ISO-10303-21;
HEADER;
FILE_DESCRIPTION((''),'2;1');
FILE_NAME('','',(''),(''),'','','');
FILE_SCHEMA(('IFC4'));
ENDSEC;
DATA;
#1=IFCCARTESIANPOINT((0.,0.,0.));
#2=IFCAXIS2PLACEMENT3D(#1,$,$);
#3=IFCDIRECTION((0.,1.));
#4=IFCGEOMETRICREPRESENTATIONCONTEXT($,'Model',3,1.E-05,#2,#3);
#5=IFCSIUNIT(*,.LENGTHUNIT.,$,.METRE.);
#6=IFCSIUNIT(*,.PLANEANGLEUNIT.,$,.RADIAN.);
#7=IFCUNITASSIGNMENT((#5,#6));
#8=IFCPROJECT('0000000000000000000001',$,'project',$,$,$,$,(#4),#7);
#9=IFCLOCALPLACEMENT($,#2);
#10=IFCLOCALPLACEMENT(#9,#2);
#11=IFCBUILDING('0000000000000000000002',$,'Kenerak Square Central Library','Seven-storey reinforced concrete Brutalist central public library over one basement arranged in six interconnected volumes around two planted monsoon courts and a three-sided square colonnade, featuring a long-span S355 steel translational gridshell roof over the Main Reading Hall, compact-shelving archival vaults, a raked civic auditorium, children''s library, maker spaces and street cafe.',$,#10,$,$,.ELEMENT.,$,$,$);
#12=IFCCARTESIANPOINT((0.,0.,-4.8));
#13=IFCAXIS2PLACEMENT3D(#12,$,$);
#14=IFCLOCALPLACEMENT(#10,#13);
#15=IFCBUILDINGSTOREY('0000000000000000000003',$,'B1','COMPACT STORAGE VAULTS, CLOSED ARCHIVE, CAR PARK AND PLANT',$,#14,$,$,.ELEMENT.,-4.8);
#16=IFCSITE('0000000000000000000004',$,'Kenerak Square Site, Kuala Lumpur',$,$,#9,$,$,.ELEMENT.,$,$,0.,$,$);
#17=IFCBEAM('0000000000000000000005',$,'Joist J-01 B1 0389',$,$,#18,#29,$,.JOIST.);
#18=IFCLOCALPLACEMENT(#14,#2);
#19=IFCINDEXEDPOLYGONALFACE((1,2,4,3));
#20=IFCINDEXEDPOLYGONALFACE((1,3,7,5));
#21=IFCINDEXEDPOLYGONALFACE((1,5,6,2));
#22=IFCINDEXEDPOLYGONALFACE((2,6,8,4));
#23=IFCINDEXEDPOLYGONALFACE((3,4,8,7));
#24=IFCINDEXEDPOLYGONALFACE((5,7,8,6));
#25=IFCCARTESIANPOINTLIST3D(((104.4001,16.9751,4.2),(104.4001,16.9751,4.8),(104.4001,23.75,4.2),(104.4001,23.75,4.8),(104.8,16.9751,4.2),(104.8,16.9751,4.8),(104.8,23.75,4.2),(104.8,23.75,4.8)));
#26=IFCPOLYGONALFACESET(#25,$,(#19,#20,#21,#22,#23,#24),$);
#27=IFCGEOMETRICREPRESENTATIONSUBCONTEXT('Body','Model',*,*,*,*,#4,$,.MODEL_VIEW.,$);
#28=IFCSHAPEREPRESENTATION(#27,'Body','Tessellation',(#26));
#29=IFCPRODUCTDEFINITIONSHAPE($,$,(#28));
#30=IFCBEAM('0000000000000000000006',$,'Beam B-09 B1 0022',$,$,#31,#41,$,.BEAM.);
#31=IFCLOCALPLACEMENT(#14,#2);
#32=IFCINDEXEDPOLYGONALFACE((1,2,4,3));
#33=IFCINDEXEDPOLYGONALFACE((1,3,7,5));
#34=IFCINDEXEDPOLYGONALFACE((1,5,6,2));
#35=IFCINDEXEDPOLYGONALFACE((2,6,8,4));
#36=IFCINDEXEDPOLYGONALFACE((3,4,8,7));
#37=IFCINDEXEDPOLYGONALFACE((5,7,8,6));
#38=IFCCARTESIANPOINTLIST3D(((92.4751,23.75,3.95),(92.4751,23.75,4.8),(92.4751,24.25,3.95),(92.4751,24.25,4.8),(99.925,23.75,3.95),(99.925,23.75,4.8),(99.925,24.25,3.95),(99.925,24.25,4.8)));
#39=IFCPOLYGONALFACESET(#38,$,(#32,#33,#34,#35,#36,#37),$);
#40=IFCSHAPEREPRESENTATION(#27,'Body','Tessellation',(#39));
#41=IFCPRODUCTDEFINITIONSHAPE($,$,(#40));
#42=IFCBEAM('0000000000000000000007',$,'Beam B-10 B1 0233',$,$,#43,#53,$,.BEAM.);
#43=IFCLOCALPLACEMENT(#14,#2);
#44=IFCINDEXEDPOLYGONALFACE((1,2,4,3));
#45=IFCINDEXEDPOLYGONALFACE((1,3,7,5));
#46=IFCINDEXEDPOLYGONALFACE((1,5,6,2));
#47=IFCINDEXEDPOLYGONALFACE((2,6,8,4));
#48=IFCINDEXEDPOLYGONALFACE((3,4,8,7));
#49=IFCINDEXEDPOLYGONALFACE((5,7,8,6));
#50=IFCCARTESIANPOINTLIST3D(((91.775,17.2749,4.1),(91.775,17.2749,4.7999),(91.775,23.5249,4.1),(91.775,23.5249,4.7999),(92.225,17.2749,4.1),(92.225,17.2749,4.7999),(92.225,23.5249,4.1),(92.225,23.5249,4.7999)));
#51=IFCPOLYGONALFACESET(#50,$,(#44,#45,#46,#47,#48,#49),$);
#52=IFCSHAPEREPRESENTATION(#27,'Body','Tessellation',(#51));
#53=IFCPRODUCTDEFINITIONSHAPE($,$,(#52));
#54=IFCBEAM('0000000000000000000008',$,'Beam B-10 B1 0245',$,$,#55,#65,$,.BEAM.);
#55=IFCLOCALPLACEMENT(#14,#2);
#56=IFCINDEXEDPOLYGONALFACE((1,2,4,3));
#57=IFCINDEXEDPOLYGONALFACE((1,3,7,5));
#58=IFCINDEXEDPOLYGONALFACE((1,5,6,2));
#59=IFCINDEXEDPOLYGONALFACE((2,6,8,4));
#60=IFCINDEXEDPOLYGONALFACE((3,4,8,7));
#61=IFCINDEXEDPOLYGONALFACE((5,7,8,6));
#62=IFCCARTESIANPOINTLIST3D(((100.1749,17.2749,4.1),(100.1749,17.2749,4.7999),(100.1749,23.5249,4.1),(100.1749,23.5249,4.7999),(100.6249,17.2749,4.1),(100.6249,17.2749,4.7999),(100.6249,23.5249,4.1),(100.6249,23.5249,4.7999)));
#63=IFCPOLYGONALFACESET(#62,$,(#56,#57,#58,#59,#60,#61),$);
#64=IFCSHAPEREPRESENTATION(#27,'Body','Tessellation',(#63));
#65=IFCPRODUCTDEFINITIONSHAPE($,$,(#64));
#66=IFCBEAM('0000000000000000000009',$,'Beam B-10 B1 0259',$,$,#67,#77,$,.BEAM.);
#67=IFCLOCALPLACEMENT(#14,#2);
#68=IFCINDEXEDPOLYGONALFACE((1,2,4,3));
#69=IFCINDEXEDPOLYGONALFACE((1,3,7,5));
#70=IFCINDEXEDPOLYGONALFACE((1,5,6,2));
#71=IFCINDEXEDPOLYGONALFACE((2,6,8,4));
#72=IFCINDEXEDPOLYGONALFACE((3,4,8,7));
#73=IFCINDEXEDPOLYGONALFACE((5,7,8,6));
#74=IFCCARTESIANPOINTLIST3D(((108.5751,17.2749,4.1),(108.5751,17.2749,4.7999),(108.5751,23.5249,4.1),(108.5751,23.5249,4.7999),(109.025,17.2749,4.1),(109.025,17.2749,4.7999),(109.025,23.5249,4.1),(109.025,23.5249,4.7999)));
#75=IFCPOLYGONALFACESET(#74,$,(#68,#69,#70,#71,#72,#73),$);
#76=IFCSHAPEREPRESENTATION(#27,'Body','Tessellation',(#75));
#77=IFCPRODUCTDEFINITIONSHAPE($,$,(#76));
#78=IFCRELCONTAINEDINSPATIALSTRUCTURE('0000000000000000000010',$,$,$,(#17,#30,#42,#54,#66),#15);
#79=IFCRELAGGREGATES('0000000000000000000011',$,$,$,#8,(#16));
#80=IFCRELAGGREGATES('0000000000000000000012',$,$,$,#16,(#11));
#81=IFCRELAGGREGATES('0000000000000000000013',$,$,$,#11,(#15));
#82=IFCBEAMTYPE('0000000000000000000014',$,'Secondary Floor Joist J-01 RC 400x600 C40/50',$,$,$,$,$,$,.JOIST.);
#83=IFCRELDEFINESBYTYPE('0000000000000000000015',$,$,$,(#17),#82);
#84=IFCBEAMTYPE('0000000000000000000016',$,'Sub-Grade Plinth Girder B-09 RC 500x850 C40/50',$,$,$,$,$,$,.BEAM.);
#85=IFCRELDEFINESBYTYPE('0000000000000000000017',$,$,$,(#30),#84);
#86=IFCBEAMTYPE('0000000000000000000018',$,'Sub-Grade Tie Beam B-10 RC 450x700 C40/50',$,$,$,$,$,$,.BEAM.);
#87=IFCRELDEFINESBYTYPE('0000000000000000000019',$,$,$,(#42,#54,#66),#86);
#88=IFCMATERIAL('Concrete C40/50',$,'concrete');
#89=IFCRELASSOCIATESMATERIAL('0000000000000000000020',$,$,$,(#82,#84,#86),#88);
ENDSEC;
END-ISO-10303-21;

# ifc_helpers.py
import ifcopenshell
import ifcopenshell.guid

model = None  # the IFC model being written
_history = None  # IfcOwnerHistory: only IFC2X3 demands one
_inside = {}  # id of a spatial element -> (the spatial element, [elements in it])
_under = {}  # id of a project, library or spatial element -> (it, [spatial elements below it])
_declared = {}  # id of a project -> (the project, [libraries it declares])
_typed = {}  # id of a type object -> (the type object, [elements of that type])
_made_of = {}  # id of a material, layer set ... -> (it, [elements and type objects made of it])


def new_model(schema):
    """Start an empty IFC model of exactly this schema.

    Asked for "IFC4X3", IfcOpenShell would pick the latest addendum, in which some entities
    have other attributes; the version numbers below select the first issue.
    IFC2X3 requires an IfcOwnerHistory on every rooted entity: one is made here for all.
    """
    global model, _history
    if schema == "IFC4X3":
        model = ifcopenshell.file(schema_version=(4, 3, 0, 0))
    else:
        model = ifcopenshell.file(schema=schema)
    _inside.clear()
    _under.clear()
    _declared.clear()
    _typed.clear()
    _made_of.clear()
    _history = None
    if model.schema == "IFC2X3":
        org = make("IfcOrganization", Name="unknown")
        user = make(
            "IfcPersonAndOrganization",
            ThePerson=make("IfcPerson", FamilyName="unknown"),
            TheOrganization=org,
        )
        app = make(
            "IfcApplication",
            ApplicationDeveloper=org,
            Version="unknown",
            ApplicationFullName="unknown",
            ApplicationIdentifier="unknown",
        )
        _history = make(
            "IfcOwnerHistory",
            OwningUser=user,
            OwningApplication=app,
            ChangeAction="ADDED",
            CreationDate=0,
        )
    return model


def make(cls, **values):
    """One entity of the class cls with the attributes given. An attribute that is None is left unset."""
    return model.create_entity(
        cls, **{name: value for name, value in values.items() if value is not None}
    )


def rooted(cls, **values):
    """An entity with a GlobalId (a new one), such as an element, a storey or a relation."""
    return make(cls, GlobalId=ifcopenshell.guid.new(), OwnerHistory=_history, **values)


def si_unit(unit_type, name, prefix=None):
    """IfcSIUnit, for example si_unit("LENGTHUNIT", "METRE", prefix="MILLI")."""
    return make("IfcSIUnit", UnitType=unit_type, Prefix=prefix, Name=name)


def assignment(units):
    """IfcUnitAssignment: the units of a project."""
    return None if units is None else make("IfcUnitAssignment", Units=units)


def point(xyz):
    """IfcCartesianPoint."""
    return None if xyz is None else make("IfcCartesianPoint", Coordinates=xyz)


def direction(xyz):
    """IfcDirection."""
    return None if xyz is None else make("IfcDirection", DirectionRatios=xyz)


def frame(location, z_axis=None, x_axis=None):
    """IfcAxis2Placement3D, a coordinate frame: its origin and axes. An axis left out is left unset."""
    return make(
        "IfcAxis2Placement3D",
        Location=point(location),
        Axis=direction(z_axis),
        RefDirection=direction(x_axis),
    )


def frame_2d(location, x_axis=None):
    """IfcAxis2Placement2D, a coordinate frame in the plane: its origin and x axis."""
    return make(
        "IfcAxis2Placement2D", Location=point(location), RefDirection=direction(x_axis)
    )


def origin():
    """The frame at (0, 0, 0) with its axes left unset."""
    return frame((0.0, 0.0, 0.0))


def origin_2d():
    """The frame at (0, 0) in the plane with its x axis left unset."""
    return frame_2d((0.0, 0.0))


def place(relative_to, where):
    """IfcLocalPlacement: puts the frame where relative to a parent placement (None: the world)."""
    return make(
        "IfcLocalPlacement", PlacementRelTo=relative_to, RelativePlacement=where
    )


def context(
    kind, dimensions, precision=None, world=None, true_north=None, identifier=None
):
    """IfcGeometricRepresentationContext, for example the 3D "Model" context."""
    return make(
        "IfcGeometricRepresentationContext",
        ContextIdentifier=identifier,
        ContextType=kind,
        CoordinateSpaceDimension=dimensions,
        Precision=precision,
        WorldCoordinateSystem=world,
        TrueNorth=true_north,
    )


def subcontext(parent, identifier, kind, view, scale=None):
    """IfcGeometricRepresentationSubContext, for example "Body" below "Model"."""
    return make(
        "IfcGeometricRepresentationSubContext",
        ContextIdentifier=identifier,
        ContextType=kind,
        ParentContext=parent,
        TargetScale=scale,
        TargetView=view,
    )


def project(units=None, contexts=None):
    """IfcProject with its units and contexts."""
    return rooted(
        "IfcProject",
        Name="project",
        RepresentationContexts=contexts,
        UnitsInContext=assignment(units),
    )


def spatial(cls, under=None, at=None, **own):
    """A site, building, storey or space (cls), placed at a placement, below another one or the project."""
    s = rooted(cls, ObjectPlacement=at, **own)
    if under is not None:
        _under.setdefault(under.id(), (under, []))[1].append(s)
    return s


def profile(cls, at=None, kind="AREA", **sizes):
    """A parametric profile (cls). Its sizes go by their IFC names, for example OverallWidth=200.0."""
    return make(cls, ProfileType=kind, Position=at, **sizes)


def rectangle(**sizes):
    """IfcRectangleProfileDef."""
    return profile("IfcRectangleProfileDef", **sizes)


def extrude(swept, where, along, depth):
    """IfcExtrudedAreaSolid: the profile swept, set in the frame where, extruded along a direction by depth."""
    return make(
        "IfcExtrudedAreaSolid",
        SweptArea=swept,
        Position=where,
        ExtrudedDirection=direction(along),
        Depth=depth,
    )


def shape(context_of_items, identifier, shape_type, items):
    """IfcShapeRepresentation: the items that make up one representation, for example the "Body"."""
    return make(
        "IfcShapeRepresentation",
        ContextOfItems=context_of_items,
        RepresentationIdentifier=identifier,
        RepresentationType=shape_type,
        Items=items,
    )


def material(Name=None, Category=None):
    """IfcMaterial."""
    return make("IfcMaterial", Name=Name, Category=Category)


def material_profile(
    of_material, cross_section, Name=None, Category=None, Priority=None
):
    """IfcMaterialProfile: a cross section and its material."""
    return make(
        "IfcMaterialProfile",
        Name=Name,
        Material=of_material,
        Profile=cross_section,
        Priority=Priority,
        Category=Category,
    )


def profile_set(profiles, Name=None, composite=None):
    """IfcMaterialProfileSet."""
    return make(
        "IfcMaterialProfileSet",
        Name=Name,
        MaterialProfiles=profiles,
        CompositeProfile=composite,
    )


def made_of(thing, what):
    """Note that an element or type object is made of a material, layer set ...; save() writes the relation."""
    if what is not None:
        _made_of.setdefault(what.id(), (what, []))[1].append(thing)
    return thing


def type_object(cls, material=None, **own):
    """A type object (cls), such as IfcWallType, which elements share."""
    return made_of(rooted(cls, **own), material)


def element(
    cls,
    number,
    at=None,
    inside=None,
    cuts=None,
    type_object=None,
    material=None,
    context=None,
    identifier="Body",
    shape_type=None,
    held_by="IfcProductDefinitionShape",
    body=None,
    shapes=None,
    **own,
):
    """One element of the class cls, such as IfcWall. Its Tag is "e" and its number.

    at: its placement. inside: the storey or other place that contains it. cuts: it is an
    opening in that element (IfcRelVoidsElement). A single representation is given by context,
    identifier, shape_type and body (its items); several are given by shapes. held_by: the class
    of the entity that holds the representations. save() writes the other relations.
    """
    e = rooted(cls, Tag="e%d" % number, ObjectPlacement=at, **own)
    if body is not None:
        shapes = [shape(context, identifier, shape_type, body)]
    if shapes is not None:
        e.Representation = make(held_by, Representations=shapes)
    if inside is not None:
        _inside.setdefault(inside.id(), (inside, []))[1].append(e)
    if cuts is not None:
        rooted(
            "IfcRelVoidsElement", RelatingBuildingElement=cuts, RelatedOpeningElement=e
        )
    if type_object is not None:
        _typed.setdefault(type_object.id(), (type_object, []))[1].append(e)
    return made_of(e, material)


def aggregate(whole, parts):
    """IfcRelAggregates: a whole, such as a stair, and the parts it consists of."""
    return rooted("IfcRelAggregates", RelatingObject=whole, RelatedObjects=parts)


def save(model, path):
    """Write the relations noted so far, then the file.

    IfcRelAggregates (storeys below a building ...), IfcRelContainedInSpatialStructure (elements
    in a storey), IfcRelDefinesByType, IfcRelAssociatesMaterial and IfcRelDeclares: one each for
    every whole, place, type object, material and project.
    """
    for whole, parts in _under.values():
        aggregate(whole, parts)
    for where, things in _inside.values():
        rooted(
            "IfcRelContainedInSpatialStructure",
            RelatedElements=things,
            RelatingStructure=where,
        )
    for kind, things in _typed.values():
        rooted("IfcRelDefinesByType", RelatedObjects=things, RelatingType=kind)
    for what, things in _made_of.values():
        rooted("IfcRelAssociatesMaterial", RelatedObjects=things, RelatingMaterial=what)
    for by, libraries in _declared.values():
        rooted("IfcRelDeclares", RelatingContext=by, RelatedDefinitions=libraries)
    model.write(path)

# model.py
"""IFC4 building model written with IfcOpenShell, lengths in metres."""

from ifc_helpers import new_model, si_unit, direction, frame, origin, origin_2d, place, context, subcontext, project, spatial, rectangle, extrude, material, material_profile, profile_set, type_object, element, save


model = new_model("IFC4")

# Units and contexts
model_context = context("Model", 3, precision=1e-05, world=origin(), true_north=direction((0.0, 1.0)))
body_context = subcontext(model_context, "Body", "Model", "MODEL_VIEW")
ifc_project = project(units=[si_unit("LENGTHUNIT", "METRE"), si_unit("PLANEANGLEUNIT", "RADIAN")], contexts=[model_context])

# Site, building, storey
site_placement = place(None, origin())
site = spatial("IfcSite", under=ifc_project, at=site_placement, Name="Kenerak Square Site, Kuala Lumpur", CompositionType="ELEMENT", RefElevation=0.0)
building_placement = place(site_placement, origin())
building = spatial("IfcBuilding", under=site, at=building_placement, Name="Kenerak Square Central Library", Description="Seven-storey reinforced concrete Brutalist central public library over one basement arranged in six interconnected volumes around two planted monsoon courts and a three-sided square colonnade, featuring a long-span S355 steel translational gridshell roof over the Main Reading Hall, compact-shelving archival vaults, a raked civic auditorium, children's library, maker spaces and street cafe.", CompositionType="ELEMENT")
storey_placement = place(building_placement, frame((0.0, 0.0, -4.8)))
storey = spatial("IfcBuildingStorey", under=building, at=storey_placement, Name="B1", Description="COMPACT STORAGE VAULTS, CLOSED ARCHIVE, CAR PARK AND PLANT", CompositionType="ELEMENT", Elevation=-4.8)

# Shared definitions
ifc_material_1 = material(Name="Concrete C40/50", Category="concrete")

# Beams
ifc_material_profile_1 = material_profile(ifc_material_1, rectangle(XDim=0.3999, YDim=0.6001, at=origin_2d()), Name="RC 400x600")
ifc_profile_set_1 = profile_set([ifc_material_profile_1], Name="Concrete C40/50")
beam_type_1 = type_object("IfcBeamType", Name="Secondary Floor Joist J-01 RC 400x600 C40/50", PredefinedType="JOIST", material=ifc_profile_set_1)
for number, where, z_axis, x_axis, name in (
    (1, (104.6001, 16.9751, 4.5), (0.0, 1.0, 0.0), (-1.0, 0.0, 0.0), "Joist J-01 B1 0389"),
):
    element("IfcBeam", number, at=place(storey_placement, frame(where, z_axis=z_axis, x_axis=x_axis)), inside=storey, type_object=beam_type_1, Name=name, PredefinedType="JOIST", context=body_context, shape_type="SweptSolid", body=[
        extrude(rectangle(XDim=0.3999, YDim=0.6001, at=origin_2d()), origin(), (0.0, 0.0, 1.0), 6.7749),
    ])
ifc_material_profile_2 = material_profile(ifc_material_1, rectangle(XDim=0.5, YDim=0.8501, at=origin_2d()), Name="RC 500x850")
ifc_profile_set_2 = profile_set([ifc_material_profile_2], Name="Concrete C40/50")
beam_type_2 = type_object("IfcBeamType", Name="Sub-Grade Plinth Girder B-09 RC 500x850 C40/50", PredefinedType="BEAM", material=ifc_profile_set_2)
beam_1_placement = place(storey_placement, frame((92.4751, 24.0, 4.375), z_axis=(1.0, 0.0, 0.0), x_axis=(0.0, 1.0, 0.0)))
element("IfcBeam", 2, at=beam_1_placement, inside=storey, type_object=beam_type_2, Name="Beam B-09 B1 0022", PredefinedType="BEAM", context=body_context, shape_type="SweptSolid", body=[
    extrude(rectangle(XDim=0.5, YDim=0.8501, at=origin_2d()), origin(), (0.0, 0.0, 1.0), 7.45),
])
ifc_material_profile_3 = material_profile(ifc_material_1, rectangle(XDim=0.45, YDim=0.7, at=origin_2d()), Name="RC 450x700")
ifc_profile_set_3 = profile_set([ifc_material_profile_3], Name="Concrete C40/50")
beam_type_3 = type_object("IfcBeamType", Name="Sub-Grade Tie Beam B-10 RC 450x700 C40/50", PredefinedType="BEAM", material=ifc_profile_set_3)
for number, where, z_axis, x_axis, name in (
    (3, (92.0, 17.2749, 4.45), (0.0, 1.0, 0.0), (-1.0, 0.0, 0.0), "Beam B-10 B1 0233"),
    (4, (100.3999, 17.2749, 4.45), (0.0, 1.0, 0.0), (-1.0, 0.0, 0.0), "Beam B-10 B1 0245"),
    (5, (108.8, 17.2749, 4.45), (0.0, 1.0, 0.0), (-1.0, 0.0, 0.0), "Beam B-10 B1 0259"),
):
    element("IfcBeam", number, at=place(storey_placement, frame(where, z_axis=z_axis, x_axis=x_axis)), inside=storey, type_object=beam_type_3, Name=name, PredefinedType="BEAM", context=body_context, shape_type="SweptSolid", body=[
        extrude(rectangle(XDim=0.45, YDim=0.7, at=origin_2d()), origin(), (0.0, 0.0, 1.0), 6.25),
    ])

save(model, "model.ifc")
